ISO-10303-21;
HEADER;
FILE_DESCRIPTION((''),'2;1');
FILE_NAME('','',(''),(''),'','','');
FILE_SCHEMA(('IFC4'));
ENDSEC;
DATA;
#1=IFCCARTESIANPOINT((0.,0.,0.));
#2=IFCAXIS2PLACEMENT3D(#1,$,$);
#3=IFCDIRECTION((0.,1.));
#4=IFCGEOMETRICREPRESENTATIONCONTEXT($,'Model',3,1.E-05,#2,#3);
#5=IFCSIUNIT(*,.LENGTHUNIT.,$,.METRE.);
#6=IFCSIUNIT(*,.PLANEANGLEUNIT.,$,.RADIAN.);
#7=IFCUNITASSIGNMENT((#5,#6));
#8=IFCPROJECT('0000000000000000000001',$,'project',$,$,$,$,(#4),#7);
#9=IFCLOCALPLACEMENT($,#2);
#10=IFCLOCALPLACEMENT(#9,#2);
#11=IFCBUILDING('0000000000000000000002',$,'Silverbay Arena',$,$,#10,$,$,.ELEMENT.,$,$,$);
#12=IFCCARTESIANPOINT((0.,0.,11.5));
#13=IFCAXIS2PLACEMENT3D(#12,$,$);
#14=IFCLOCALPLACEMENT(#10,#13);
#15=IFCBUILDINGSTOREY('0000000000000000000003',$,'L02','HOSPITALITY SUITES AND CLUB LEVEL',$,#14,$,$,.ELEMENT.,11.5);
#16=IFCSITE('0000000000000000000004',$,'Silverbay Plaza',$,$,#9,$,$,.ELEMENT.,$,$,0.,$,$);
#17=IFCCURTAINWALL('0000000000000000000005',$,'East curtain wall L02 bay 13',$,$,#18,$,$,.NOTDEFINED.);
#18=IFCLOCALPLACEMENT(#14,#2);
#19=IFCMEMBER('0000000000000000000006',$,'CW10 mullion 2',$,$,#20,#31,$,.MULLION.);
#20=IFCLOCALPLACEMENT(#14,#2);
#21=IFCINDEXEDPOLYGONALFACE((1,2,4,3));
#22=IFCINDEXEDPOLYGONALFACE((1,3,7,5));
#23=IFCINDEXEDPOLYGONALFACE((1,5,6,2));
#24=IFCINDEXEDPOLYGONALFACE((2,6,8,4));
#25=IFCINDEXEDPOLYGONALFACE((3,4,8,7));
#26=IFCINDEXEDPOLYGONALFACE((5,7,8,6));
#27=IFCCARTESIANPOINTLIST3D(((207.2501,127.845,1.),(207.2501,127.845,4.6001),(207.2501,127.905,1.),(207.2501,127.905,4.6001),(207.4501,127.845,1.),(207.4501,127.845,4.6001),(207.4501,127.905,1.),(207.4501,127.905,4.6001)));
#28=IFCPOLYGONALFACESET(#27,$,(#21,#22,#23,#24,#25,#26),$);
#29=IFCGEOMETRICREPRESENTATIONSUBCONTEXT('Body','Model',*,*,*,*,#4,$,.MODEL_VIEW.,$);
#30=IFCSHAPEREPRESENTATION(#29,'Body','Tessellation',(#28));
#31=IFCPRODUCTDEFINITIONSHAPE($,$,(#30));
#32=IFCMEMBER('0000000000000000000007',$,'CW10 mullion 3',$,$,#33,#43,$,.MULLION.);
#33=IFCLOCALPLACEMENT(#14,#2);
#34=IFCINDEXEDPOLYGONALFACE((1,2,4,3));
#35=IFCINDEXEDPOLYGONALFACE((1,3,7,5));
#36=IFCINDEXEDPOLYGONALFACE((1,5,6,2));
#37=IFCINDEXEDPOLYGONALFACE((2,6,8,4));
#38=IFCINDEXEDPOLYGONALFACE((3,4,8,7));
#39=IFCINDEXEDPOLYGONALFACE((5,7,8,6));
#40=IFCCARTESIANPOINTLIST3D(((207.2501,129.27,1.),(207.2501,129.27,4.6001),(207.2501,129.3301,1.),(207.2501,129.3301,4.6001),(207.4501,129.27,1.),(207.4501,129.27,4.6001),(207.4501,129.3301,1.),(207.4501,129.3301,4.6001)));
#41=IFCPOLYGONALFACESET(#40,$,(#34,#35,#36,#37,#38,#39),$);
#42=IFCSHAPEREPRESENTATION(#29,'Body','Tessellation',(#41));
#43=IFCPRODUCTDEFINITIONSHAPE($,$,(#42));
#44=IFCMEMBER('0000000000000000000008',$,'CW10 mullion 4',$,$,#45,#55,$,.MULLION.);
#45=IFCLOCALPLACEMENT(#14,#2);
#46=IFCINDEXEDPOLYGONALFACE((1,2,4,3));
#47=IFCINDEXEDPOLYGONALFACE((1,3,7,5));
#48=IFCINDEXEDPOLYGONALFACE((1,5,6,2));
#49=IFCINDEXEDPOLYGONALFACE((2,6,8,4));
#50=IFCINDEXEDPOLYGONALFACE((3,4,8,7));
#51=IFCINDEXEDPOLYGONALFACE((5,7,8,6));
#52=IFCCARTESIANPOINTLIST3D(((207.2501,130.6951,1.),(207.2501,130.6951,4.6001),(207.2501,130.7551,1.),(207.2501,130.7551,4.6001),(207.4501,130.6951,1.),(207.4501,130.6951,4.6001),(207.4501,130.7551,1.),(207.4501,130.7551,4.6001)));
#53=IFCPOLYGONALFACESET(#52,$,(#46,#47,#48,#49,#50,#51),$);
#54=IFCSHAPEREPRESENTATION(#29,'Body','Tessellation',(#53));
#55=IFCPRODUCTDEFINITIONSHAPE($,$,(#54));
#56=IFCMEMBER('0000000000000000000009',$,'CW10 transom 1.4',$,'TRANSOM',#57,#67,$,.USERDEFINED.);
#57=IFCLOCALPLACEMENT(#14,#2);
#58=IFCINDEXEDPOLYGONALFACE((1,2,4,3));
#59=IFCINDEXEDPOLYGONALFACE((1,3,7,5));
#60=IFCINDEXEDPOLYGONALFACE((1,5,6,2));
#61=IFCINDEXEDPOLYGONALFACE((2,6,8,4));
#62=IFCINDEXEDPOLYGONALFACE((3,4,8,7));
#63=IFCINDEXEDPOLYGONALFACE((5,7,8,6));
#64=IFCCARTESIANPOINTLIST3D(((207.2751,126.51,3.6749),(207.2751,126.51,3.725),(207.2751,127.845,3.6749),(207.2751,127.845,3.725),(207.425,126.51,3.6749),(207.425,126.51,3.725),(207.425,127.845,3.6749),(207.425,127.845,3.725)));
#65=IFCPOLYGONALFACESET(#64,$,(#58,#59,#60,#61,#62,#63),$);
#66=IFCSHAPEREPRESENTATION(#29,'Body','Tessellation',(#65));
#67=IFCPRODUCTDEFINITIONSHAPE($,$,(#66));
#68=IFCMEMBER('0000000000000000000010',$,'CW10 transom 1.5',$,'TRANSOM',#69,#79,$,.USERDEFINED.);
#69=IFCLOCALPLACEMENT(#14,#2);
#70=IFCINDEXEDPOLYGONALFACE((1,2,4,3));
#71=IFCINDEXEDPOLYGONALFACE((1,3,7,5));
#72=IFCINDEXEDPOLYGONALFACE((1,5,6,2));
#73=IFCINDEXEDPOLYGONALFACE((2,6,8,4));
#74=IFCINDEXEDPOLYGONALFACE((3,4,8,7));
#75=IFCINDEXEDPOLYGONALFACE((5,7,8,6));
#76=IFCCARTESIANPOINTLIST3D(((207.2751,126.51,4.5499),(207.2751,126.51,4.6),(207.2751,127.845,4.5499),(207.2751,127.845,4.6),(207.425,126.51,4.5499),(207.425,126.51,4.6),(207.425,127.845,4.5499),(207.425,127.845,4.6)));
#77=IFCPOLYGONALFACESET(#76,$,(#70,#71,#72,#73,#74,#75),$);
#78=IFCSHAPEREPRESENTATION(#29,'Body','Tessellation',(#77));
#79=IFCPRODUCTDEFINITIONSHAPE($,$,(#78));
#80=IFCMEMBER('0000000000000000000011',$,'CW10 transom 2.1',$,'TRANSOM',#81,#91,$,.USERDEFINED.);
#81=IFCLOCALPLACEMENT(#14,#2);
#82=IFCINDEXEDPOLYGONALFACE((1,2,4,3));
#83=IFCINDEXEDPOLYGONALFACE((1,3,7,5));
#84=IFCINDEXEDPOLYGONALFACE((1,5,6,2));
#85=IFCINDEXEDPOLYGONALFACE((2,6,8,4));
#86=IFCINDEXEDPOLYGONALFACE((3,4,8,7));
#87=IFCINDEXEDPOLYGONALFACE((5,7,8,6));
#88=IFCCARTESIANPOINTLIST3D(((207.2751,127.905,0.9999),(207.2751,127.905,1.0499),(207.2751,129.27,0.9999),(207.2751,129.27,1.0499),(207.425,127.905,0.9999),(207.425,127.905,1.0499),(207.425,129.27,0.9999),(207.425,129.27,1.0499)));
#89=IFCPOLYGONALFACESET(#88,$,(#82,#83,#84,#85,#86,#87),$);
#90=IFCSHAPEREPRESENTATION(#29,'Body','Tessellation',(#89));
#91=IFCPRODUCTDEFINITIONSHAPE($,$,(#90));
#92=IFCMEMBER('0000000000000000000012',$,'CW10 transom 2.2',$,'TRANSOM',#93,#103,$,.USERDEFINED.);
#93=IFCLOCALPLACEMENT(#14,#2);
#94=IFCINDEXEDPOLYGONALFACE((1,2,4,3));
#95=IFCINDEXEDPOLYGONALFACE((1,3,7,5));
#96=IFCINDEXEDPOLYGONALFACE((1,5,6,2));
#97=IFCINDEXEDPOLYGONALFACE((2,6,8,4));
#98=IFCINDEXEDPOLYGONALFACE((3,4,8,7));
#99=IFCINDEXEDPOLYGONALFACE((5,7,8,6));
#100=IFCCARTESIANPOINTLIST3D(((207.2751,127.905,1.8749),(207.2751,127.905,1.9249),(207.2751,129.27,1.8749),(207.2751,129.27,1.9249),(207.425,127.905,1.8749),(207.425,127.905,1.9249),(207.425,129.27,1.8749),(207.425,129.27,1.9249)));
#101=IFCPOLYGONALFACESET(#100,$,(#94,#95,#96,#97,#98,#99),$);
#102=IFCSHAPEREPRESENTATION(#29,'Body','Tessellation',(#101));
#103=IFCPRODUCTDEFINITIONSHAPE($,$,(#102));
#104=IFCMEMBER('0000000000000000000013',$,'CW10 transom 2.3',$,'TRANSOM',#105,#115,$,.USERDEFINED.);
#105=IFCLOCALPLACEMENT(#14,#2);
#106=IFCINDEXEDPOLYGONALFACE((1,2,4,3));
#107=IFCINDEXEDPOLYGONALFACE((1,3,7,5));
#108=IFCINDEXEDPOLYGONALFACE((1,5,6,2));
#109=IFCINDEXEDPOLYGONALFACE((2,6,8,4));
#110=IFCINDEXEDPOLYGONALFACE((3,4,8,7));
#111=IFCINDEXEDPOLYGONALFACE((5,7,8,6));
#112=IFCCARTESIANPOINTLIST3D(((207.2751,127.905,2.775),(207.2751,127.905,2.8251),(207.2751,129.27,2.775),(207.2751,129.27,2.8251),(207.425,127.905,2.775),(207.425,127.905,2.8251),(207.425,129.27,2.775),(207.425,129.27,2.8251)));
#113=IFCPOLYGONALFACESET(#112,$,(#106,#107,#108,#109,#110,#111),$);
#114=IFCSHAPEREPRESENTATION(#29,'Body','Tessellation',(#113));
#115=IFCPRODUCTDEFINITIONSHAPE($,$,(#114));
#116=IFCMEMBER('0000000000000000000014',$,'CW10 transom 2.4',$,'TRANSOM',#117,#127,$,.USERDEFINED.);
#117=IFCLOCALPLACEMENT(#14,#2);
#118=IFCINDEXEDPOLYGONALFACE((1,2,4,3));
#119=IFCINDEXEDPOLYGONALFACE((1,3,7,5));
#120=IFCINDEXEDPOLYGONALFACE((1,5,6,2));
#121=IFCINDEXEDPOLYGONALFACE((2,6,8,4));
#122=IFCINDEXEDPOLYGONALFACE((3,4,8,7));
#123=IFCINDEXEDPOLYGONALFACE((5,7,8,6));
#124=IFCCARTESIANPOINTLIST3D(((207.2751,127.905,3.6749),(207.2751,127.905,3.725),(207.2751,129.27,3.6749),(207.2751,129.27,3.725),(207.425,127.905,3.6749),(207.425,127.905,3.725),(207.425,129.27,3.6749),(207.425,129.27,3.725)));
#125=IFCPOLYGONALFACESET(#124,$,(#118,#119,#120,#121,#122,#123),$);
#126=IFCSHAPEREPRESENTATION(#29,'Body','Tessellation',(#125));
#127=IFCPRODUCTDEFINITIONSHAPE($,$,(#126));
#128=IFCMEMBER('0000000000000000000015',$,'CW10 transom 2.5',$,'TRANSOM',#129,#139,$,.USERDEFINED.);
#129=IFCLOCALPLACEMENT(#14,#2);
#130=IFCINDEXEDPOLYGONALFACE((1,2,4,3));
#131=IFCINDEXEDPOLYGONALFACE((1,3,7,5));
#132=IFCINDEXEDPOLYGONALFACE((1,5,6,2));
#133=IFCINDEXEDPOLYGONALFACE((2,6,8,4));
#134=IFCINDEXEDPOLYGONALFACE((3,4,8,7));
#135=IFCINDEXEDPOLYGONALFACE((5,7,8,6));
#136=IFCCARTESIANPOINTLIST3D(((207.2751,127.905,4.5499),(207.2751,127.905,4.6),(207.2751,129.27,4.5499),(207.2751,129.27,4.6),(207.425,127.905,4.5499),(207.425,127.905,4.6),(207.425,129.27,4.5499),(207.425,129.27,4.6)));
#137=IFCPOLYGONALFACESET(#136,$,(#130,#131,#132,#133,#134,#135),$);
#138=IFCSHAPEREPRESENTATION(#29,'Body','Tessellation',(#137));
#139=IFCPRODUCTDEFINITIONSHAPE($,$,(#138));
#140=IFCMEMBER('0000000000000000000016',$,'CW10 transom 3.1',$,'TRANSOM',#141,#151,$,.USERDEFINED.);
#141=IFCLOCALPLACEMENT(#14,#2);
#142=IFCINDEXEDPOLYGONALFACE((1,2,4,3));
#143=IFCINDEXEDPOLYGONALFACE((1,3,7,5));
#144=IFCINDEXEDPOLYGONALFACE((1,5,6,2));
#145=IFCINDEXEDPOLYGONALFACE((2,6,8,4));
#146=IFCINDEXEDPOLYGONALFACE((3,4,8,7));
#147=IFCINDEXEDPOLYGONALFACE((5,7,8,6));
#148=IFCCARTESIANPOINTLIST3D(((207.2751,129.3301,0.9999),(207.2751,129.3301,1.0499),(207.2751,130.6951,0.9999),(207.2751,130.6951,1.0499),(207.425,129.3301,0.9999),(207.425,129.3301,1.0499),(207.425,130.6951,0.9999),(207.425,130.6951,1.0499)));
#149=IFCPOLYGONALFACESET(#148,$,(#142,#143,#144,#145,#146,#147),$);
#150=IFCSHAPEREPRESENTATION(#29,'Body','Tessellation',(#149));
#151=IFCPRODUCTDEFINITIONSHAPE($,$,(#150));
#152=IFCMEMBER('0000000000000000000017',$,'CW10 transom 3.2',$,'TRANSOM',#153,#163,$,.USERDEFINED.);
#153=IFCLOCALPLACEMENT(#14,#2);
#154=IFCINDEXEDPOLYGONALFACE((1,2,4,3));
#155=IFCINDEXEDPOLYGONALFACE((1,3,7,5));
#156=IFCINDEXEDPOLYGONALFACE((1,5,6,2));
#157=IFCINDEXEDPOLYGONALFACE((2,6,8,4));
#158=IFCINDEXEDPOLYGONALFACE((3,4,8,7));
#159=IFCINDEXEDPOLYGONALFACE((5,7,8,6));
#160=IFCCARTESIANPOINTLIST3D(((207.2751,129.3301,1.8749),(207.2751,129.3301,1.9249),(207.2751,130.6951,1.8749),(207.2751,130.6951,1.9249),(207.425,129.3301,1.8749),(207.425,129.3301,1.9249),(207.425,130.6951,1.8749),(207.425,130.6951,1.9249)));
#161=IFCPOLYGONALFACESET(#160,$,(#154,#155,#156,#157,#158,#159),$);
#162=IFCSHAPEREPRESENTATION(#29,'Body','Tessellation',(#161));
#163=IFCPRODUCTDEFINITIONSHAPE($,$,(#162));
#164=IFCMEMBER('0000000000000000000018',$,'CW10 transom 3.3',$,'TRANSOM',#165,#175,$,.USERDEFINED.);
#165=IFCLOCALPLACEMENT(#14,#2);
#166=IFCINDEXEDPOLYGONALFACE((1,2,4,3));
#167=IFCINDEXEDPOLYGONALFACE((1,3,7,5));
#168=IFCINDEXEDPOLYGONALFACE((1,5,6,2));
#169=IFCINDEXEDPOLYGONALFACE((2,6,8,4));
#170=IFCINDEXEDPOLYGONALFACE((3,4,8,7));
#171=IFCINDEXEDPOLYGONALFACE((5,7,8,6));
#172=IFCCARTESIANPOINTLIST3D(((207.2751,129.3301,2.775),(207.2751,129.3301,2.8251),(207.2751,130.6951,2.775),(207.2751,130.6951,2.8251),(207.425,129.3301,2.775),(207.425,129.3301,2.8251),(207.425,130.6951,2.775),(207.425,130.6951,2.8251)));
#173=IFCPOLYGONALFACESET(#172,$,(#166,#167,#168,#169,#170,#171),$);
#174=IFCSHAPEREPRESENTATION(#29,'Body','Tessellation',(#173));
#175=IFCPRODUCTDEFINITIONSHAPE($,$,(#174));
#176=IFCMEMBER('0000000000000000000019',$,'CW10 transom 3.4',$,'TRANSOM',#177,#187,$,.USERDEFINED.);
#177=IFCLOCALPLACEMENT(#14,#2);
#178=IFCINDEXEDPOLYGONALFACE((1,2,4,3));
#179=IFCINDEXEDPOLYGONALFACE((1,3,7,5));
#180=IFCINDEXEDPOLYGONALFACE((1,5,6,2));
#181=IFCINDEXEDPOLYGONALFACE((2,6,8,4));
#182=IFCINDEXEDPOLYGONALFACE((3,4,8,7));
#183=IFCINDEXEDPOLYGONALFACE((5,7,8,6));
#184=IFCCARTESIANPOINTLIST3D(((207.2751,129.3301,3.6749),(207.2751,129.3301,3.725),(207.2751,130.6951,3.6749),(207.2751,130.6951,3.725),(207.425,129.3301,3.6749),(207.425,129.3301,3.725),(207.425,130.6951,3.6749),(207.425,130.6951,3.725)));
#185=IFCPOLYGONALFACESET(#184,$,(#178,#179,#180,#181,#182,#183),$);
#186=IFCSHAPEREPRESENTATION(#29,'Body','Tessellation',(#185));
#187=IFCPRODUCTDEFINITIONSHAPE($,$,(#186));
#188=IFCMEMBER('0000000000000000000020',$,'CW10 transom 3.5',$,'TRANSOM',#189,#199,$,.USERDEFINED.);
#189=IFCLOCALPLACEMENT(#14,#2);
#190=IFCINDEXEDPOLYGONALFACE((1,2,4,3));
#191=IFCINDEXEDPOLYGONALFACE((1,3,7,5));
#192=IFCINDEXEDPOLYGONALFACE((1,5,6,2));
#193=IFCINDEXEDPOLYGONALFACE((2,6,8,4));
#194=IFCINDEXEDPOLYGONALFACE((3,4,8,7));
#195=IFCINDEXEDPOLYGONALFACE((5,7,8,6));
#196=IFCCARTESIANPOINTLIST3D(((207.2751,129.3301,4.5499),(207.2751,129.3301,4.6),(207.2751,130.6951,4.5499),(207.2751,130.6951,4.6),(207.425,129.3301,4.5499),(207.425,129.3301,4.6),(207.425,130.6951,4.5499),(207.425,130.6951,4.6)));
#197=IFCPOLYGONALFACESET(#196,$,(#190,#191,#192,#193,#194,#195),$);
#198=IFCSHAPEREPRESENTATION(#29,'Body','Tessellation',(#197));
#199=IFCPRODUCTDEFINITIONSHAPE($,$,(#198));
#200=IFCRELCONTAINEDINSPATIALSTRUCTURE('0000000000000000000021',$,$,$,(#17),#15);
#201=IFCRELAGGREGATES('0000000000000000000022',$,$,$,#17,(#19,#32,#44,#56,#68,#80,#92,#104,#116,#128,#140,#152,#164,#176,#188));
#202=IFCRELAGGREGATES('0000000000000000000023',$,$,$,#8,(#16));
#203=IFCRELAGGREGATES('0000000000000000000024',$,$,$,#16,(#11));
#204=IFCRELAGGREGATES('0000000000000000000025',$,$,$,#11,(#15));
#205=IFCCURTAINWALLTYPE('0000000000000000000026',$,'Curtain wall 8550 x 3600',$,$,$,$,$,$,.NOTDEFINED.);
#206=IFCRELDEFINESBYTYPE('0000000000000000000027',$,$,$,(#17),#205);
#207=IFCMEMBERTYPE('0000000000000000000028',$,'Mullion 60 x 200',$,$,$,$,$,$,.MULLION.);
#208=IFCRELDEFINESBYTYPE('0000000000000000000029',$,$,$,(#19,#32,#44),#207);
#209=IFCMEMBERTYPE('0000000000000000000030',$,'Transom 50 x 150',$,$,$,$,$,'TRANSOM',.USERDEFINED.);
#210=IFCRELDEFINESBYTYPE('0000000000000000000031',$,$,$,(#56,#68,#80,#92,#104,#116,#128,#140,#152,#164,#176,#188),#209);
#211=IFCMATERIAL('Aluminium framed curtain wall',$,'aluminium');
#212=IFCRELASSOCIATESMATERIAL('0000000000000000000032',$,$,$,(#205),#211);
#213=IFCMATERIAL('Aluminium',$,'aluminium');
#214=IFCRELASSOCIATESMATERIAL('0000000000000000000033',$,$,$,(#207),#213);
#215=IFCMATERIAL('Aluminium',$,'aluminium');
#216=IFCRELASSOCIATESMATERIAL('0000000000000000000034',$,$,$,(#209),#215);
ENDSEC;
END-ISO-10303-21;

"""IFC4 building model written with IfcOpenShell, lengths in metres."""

from ifc_helpers import new_model, si_unit, direction, frame, origin, origin_2d, place, context, subcontext, project, spatial, rectangle, extrude, material, material_profile, profile_set, type_object, element, aggregate, save


model = new_model("IFC4")

# Units and contexts
model_context = context("Model", 3, precision=1e-05, world=origin(), true_north=direction((0.0, 1.0)))
body_context = subcontext(model_context, "Body", "Model", "MODEL_VIEW")
ifc_project = project(units=[si_unit("LENGTHUNIT", "METRE"), si_unit("PLANEANGLEUNIT", "RADIAN")], contexts=[model_context])

# Site, building, storey
site_placement = place(None, origin())
site = spatial("IfcSite", under=ifc_project, at=site_placement, Name="Silverbay Plaza", CompositionType="ELEMENT", RefElevation=0.0)
building_placement = place(site_placement, origin())
building = spatial("IfcBuilding", under=site, at=building_placement, Name="Silverbay Arena", CompositionType="ELEMENT")
storey_placement = place(building_placement, frame((0.0, 0.0, 11.5)))
storey = spatial("IfcBuildingStorey", under=building, at=storey_placement, Name="L02", Description="HOSPITALITY SUITES AND CLUB LEVEL", CompositionType="ELEMENT", Elevation=11.5)

# Curtain wall, members
ifc_material_1 = material(Name="Aluminium framed curtain wall", Category="aluminium")
curtain_wall_type = type_object("IfcCurtainWallType", Name="Curtain wall 8550 x 3600", PredefinedType="NOTDEFINED", material=ifc_material_1)
curtain_wall_placement = place(storey_placement, origin())
curtain_wall = element("IfcCurtainWall", 1, at=curtain_wall_placement, inside=storey, type_object=curtain_wall_type, Name="East curtain wall L02 bay 13", PredefinedType="NOTDEFINED")
ifc_material_2 = material(Name="Aluminium", Category="aluminium")
ifc_material_profile_1 = material_profile(ifc_material_2, rectangle(XDim=0.2, YDim=0.0601, at=origin_2d()), Name="Mullion 60 x 200")
ifc_profile_set_1 = profile_set([ifc_material_profile_1], Name="Aluminium")
member_type_1 = type_object("IfcMemberType", Name="Mullion 60 x 200", PredefinedType="MULLION", material=ifc_profile_set_1)
member_1_placement = place(storey_placement, frame((207.3501, 127.875, 1.0), z_axis=(0.0, 0.0, 1.0), x_axis=(-1.0, 0.0, 0.0)))
member_1 = element("IfcMember", 2, at=member_1_placement, type_object=member_type_1, Name="CW10 mullion 2", PredefinedType="MULLION", context=body_context, shape_type="SweptSolid", body=[
    extrude(rectangle(XDim=0.2, YDim=0.0601, at=origin_2d()), origin(), (0.0, 0.0, 1.0), 3.6001),
])
member_2_placement = place(storey_placement, frame((207.3501, 129.3, 1.0), z_axis=(0.0, 0.0, 1.0), x_axis=(-1.0, 0.0, 0.0)))
member_2 = element("IfcMember", 3, at=member_2_placement, type_object=member_type_1, Name="CW10 mullion 3", PredefinedType="MULLION", context=body_context, shape_type="SweptSolid", body=[
    extrude(rectangle(XDim=0.2, YDim=0.0601, at=origin_2d()), origin(), (0.0, 0.0, 1.0), 3.6001),
])
member_3_placement = place(storey_placement, frame((207.3501, 130.7251, 1.0), z_axis=(0.0, 0.0, 1.0), x_axis=(-1.0, 0.0, 0.0)))
member_3 = element("IfcMember", 4, at=member_3_placement, type_object=member_type_1, Name="CW10 mullion 4", PredefinedType="MULLION", context=body_context, shape_type="SweptSolid", body=[
    extrude(rectangle(XDim=0.2, YDim=0.0601, at=origin_2d()), origin(), (0.0, 0.0, 1.0), 3.6001),
])
ifc_material_3 = material(Name="Aluminium", Category="aluminium")
ifc_material_profile_2 = material_profile(ifc_material_3, rectangle(XDim=0.1499, YDim=0.05, at=origin_2d()), Name="Transom 50 x 150")
ifc_profile_set_2 = profile_set([ifc_material_profile_2], Name="Aluminium")
member_type_2 = type_object("IfcMemberType", Name="Transom 50 x 150", ElementType="TRANSOM", PredefinedType="USERDEFINED", material=ifc_profile_set_2)
member_4_placement = place(storey_placement, frame((207.3501, 126.51, 3.7), z_axis=(0.0, 1.0, 0.0), x_axis=(-1.0, 0.0, 0.0)))
member_4 = element("IfcMember", 5, at=member_4_placement, type_object=member_type_2, Name="CW10 transom 1.4", ObjectType="TRANSOM", PredefinedType="USERDEFINED", context=body_context, shape_type="SweptSolid", body=[
    extrude(rectangle(XDim=0.1499, YDim=0.05, at=origin_2d()), origin(), (0.0, 0.0, 1.0), 1.335),
])
member_5_placement = place(storey_placement, frame((207.3501, 126.51, 4.575), z_axis=(0.0, 1.0, 0.0), x_axis=(-1.0, 0.0, 0.0)))
member_5 = element("IfcMember", 6, at=member_5_placement, type_object=member_type_2, Name="CW10 transom 1.5", ObjectType="TRANSOM", PredefinedType="USERDEFINED", context=body_context, shape_type="SweptSolid", body=[
    extrude(rectangle(XDim=0.1499, YDim=0.05, at=origin_2d()), origin(), (0.0, 0.0, 1.0), 1.335),
])
member_6_placement = place(storey_placement, frame((207.3501, 127.905, 1.0249), z_axis=(0.0, 1.0, 0.0), x_axis=(-1.0, 0.0, 0.0)))
member_6 = element("IfcMember", 7, at=member_6_placement, type_object=member_type_2, Name="CW10 transom 2.1", ObjectType="TRANSOM", PredefinedType="USERDEFINED", context=body_context, shape_type="SweptSolid", body=[
    extrude(rectangle(XDim=0.1499, YDim=0.05, at=origin_2d()), origin(), (0.0, 0.0, 1.0), 1.365),
])
member_7_placement = place(storey_placement, frame((207.3501, 127.905, 1.8999), z_axis=(0.0, 1.0, 0.0), x_axis=(-1.0, 0.0, 0.0)))
member_7 = element("IfcMember", 8, at=member_7_placement, type_object=member_type_2, Name="CW10 transom 2.2", ObjectType="TRANSOM", PredefinedType="USERDEFINED", context=body_context, shape_type="SweptSolid", body=[
    extrude(rectangle(XDim=0.1499, YDim=0.05, at=origin_2d()), origin(), (0.0, 0.0, 1.0), 1.365),
])
member_8_placement = place(storey_placement, frame((207.3501, 127.905, 2.8), z_axis=(0.0, 1.0, 0.0), x_axis=(-1.0, 0.0, 0.0)))
member_8 = element("IfcMember", 9, at=member_8_placement, type_object=member_type_2, Name="CW10 transom 2.3", ObjectType="TRANSOM", PredefinedType="USERDEFINED", context=body_context, shape_type="SweptSolid", body=[
    extrude(rectangle(XDim=0.1499, YDim=0.05, at=origin_2d()), origin(), (0.0, 0.0, 1.0), 1.365),
])
member_9_placement = place(storey_placement, frame((207.3501, 127.905, 3.7), z_axis=(0.0, 1.0, 0.0), x_axis=(-1.0, 0.0, 0.0)))
member_9 = element("IfcMember", 10, at=member_9_placement, type_object=member_type_2, Name="CW10 transom 2.4", ObjectType="TRANSOM", PredefinedType="USERDEFINED", context=body_context, shape_type="SweptSolid", body=[
    extrude(rectangle(XDim=0.1499, YDim=0.05, at=origin_2d()), origin(), (0.0, 0.0, 1.0), 1.365),
])
member_10_placement = place(storey_placement, frame((207.3501, 127.905, 4.575), z_axis=(0.0, 1.0, 0.0), x_axis=(-1.0, 0.0, 0.0)))
member_10 = element("IfcMember", 11, at=member_10_placement, type_object=member_type_2, Name="CW10 transom 2.5", ObjectType="TRANSOM", PredefinedType="USERDEFINED", context=body_context, shape_type="SweptSolid", body=[
    extrude(rectangle(XDim=0.1499, YDim=0.05, at=origin_2d()), origin(), (0.0, 0.0, 1.0), 1.365),
])
member_11_placement = place(storey_placement, frame((207.3501, 129.3301, 1.0249), z_axis=(0.0, 1.0, 0.0), x_axis=(-1.0, 0.0, 0.0)))
member_11 = element("IfcMember", 12, at=member_11_placement, type_object=member_type_2, Name="CW10 transom 3.1", ObjectType="TRANSOM", PredefinedType="USERDEFINED", context=body_context, shape_type="SweptSolid", body=[
    extrude(rectangle(XDim=0.1499, YDim=0.05, at=origin_2d()), origin(), (0.0, 0.0, 1.0), 1.365),
])
member_12_placement = place(storey_placement, frame((207.3501, 129.3301, 1.8999), z_axis=(0.0, 1.0, 0.0), x_axis=(-1.0, 0.0, 0.0)))
member_12 = element("IfcMember", 13, at=member_12_placement, type_object=member_type_2, Name="CW10 transom 3.2", ObjectType="TRANSOM", PredefinedType="USERDEFINED", context=body_context, shape_type="SweptSolid", body=[
    extrude(rectangle(XDim=0.1499, YDim=0.05, at=origin_2d()), origin(), (0.0, 0.0, 1.0), 1.365),
])
member_13_placement = place(storey_placement, frame((207.3501, 129.3301, 2.8), z_axis=(0.0, 1.0, 0.0), x_axis=(-1.0, 0.0, 0.0)))
member_13 = element("IfcMember", 14, at=member_13_placement, type_object=member_type_2, Name="CW10 transom 3.3", ObjectType="TRANSOM", PredefinedType="USERDEFINED", context=body_context, shape_type="SweptSolid", body=[
    extrude(rectangle(XDim=0.1499, YDim=0.05, at=origin_2d()), origin(), (0.0, 0.0, 1.0), 1.365),
])
member_14_placement = place(storey_placement, frame((207.3501, 129.3301, 3.7), z_axis=(0.0, 1.0, 0.0), x_axis=(-1.0, 0.0, 0.0)))
member_14 = element("IfcMember", 15, at=member_14_placement, type_object=member_type_2, Name="CW10 transom 3.4", ObjectType="TRANSOM", PredefinedType="USERDEFINED", context=body_context, shape_type="SweptSolid", body=[
    extrude(rectangle(XDim=0.1499, YDim=0.05, at=origin_2d()), origin(), (0.0, 0.0, 1.0), 1.365),
])
member_15_placement = place(storey_placement, frame((207.3501, 129.3301, 4.575), z_axis=(0.0, 1.0, 0.0), x_axis=(-1.0, 0.0, 0.0)))
member_15 = element("IfcMember", 16, at=member_15_placement, type_object=member_type_2, Name="CW10 transom 3.5", ObjectType="TRANSOM", PredefinedType="USERDEFINED", context=body_context, shape_type="SweptSolid", body=[
    extrude(rectangle(XDim=0.1499, YDim=0.05, at=origin_2d()), origin(), (0.0, 0.0, 1.0), 1.365),
])
aggregate(curtain_wall, [member_1, member_2, member_3, member_4, member_5, member_6, member_7, member_8, member_9, member_10, member_11, member_12, member_13, member_14, member_15])

save(model, "model.ifc")
